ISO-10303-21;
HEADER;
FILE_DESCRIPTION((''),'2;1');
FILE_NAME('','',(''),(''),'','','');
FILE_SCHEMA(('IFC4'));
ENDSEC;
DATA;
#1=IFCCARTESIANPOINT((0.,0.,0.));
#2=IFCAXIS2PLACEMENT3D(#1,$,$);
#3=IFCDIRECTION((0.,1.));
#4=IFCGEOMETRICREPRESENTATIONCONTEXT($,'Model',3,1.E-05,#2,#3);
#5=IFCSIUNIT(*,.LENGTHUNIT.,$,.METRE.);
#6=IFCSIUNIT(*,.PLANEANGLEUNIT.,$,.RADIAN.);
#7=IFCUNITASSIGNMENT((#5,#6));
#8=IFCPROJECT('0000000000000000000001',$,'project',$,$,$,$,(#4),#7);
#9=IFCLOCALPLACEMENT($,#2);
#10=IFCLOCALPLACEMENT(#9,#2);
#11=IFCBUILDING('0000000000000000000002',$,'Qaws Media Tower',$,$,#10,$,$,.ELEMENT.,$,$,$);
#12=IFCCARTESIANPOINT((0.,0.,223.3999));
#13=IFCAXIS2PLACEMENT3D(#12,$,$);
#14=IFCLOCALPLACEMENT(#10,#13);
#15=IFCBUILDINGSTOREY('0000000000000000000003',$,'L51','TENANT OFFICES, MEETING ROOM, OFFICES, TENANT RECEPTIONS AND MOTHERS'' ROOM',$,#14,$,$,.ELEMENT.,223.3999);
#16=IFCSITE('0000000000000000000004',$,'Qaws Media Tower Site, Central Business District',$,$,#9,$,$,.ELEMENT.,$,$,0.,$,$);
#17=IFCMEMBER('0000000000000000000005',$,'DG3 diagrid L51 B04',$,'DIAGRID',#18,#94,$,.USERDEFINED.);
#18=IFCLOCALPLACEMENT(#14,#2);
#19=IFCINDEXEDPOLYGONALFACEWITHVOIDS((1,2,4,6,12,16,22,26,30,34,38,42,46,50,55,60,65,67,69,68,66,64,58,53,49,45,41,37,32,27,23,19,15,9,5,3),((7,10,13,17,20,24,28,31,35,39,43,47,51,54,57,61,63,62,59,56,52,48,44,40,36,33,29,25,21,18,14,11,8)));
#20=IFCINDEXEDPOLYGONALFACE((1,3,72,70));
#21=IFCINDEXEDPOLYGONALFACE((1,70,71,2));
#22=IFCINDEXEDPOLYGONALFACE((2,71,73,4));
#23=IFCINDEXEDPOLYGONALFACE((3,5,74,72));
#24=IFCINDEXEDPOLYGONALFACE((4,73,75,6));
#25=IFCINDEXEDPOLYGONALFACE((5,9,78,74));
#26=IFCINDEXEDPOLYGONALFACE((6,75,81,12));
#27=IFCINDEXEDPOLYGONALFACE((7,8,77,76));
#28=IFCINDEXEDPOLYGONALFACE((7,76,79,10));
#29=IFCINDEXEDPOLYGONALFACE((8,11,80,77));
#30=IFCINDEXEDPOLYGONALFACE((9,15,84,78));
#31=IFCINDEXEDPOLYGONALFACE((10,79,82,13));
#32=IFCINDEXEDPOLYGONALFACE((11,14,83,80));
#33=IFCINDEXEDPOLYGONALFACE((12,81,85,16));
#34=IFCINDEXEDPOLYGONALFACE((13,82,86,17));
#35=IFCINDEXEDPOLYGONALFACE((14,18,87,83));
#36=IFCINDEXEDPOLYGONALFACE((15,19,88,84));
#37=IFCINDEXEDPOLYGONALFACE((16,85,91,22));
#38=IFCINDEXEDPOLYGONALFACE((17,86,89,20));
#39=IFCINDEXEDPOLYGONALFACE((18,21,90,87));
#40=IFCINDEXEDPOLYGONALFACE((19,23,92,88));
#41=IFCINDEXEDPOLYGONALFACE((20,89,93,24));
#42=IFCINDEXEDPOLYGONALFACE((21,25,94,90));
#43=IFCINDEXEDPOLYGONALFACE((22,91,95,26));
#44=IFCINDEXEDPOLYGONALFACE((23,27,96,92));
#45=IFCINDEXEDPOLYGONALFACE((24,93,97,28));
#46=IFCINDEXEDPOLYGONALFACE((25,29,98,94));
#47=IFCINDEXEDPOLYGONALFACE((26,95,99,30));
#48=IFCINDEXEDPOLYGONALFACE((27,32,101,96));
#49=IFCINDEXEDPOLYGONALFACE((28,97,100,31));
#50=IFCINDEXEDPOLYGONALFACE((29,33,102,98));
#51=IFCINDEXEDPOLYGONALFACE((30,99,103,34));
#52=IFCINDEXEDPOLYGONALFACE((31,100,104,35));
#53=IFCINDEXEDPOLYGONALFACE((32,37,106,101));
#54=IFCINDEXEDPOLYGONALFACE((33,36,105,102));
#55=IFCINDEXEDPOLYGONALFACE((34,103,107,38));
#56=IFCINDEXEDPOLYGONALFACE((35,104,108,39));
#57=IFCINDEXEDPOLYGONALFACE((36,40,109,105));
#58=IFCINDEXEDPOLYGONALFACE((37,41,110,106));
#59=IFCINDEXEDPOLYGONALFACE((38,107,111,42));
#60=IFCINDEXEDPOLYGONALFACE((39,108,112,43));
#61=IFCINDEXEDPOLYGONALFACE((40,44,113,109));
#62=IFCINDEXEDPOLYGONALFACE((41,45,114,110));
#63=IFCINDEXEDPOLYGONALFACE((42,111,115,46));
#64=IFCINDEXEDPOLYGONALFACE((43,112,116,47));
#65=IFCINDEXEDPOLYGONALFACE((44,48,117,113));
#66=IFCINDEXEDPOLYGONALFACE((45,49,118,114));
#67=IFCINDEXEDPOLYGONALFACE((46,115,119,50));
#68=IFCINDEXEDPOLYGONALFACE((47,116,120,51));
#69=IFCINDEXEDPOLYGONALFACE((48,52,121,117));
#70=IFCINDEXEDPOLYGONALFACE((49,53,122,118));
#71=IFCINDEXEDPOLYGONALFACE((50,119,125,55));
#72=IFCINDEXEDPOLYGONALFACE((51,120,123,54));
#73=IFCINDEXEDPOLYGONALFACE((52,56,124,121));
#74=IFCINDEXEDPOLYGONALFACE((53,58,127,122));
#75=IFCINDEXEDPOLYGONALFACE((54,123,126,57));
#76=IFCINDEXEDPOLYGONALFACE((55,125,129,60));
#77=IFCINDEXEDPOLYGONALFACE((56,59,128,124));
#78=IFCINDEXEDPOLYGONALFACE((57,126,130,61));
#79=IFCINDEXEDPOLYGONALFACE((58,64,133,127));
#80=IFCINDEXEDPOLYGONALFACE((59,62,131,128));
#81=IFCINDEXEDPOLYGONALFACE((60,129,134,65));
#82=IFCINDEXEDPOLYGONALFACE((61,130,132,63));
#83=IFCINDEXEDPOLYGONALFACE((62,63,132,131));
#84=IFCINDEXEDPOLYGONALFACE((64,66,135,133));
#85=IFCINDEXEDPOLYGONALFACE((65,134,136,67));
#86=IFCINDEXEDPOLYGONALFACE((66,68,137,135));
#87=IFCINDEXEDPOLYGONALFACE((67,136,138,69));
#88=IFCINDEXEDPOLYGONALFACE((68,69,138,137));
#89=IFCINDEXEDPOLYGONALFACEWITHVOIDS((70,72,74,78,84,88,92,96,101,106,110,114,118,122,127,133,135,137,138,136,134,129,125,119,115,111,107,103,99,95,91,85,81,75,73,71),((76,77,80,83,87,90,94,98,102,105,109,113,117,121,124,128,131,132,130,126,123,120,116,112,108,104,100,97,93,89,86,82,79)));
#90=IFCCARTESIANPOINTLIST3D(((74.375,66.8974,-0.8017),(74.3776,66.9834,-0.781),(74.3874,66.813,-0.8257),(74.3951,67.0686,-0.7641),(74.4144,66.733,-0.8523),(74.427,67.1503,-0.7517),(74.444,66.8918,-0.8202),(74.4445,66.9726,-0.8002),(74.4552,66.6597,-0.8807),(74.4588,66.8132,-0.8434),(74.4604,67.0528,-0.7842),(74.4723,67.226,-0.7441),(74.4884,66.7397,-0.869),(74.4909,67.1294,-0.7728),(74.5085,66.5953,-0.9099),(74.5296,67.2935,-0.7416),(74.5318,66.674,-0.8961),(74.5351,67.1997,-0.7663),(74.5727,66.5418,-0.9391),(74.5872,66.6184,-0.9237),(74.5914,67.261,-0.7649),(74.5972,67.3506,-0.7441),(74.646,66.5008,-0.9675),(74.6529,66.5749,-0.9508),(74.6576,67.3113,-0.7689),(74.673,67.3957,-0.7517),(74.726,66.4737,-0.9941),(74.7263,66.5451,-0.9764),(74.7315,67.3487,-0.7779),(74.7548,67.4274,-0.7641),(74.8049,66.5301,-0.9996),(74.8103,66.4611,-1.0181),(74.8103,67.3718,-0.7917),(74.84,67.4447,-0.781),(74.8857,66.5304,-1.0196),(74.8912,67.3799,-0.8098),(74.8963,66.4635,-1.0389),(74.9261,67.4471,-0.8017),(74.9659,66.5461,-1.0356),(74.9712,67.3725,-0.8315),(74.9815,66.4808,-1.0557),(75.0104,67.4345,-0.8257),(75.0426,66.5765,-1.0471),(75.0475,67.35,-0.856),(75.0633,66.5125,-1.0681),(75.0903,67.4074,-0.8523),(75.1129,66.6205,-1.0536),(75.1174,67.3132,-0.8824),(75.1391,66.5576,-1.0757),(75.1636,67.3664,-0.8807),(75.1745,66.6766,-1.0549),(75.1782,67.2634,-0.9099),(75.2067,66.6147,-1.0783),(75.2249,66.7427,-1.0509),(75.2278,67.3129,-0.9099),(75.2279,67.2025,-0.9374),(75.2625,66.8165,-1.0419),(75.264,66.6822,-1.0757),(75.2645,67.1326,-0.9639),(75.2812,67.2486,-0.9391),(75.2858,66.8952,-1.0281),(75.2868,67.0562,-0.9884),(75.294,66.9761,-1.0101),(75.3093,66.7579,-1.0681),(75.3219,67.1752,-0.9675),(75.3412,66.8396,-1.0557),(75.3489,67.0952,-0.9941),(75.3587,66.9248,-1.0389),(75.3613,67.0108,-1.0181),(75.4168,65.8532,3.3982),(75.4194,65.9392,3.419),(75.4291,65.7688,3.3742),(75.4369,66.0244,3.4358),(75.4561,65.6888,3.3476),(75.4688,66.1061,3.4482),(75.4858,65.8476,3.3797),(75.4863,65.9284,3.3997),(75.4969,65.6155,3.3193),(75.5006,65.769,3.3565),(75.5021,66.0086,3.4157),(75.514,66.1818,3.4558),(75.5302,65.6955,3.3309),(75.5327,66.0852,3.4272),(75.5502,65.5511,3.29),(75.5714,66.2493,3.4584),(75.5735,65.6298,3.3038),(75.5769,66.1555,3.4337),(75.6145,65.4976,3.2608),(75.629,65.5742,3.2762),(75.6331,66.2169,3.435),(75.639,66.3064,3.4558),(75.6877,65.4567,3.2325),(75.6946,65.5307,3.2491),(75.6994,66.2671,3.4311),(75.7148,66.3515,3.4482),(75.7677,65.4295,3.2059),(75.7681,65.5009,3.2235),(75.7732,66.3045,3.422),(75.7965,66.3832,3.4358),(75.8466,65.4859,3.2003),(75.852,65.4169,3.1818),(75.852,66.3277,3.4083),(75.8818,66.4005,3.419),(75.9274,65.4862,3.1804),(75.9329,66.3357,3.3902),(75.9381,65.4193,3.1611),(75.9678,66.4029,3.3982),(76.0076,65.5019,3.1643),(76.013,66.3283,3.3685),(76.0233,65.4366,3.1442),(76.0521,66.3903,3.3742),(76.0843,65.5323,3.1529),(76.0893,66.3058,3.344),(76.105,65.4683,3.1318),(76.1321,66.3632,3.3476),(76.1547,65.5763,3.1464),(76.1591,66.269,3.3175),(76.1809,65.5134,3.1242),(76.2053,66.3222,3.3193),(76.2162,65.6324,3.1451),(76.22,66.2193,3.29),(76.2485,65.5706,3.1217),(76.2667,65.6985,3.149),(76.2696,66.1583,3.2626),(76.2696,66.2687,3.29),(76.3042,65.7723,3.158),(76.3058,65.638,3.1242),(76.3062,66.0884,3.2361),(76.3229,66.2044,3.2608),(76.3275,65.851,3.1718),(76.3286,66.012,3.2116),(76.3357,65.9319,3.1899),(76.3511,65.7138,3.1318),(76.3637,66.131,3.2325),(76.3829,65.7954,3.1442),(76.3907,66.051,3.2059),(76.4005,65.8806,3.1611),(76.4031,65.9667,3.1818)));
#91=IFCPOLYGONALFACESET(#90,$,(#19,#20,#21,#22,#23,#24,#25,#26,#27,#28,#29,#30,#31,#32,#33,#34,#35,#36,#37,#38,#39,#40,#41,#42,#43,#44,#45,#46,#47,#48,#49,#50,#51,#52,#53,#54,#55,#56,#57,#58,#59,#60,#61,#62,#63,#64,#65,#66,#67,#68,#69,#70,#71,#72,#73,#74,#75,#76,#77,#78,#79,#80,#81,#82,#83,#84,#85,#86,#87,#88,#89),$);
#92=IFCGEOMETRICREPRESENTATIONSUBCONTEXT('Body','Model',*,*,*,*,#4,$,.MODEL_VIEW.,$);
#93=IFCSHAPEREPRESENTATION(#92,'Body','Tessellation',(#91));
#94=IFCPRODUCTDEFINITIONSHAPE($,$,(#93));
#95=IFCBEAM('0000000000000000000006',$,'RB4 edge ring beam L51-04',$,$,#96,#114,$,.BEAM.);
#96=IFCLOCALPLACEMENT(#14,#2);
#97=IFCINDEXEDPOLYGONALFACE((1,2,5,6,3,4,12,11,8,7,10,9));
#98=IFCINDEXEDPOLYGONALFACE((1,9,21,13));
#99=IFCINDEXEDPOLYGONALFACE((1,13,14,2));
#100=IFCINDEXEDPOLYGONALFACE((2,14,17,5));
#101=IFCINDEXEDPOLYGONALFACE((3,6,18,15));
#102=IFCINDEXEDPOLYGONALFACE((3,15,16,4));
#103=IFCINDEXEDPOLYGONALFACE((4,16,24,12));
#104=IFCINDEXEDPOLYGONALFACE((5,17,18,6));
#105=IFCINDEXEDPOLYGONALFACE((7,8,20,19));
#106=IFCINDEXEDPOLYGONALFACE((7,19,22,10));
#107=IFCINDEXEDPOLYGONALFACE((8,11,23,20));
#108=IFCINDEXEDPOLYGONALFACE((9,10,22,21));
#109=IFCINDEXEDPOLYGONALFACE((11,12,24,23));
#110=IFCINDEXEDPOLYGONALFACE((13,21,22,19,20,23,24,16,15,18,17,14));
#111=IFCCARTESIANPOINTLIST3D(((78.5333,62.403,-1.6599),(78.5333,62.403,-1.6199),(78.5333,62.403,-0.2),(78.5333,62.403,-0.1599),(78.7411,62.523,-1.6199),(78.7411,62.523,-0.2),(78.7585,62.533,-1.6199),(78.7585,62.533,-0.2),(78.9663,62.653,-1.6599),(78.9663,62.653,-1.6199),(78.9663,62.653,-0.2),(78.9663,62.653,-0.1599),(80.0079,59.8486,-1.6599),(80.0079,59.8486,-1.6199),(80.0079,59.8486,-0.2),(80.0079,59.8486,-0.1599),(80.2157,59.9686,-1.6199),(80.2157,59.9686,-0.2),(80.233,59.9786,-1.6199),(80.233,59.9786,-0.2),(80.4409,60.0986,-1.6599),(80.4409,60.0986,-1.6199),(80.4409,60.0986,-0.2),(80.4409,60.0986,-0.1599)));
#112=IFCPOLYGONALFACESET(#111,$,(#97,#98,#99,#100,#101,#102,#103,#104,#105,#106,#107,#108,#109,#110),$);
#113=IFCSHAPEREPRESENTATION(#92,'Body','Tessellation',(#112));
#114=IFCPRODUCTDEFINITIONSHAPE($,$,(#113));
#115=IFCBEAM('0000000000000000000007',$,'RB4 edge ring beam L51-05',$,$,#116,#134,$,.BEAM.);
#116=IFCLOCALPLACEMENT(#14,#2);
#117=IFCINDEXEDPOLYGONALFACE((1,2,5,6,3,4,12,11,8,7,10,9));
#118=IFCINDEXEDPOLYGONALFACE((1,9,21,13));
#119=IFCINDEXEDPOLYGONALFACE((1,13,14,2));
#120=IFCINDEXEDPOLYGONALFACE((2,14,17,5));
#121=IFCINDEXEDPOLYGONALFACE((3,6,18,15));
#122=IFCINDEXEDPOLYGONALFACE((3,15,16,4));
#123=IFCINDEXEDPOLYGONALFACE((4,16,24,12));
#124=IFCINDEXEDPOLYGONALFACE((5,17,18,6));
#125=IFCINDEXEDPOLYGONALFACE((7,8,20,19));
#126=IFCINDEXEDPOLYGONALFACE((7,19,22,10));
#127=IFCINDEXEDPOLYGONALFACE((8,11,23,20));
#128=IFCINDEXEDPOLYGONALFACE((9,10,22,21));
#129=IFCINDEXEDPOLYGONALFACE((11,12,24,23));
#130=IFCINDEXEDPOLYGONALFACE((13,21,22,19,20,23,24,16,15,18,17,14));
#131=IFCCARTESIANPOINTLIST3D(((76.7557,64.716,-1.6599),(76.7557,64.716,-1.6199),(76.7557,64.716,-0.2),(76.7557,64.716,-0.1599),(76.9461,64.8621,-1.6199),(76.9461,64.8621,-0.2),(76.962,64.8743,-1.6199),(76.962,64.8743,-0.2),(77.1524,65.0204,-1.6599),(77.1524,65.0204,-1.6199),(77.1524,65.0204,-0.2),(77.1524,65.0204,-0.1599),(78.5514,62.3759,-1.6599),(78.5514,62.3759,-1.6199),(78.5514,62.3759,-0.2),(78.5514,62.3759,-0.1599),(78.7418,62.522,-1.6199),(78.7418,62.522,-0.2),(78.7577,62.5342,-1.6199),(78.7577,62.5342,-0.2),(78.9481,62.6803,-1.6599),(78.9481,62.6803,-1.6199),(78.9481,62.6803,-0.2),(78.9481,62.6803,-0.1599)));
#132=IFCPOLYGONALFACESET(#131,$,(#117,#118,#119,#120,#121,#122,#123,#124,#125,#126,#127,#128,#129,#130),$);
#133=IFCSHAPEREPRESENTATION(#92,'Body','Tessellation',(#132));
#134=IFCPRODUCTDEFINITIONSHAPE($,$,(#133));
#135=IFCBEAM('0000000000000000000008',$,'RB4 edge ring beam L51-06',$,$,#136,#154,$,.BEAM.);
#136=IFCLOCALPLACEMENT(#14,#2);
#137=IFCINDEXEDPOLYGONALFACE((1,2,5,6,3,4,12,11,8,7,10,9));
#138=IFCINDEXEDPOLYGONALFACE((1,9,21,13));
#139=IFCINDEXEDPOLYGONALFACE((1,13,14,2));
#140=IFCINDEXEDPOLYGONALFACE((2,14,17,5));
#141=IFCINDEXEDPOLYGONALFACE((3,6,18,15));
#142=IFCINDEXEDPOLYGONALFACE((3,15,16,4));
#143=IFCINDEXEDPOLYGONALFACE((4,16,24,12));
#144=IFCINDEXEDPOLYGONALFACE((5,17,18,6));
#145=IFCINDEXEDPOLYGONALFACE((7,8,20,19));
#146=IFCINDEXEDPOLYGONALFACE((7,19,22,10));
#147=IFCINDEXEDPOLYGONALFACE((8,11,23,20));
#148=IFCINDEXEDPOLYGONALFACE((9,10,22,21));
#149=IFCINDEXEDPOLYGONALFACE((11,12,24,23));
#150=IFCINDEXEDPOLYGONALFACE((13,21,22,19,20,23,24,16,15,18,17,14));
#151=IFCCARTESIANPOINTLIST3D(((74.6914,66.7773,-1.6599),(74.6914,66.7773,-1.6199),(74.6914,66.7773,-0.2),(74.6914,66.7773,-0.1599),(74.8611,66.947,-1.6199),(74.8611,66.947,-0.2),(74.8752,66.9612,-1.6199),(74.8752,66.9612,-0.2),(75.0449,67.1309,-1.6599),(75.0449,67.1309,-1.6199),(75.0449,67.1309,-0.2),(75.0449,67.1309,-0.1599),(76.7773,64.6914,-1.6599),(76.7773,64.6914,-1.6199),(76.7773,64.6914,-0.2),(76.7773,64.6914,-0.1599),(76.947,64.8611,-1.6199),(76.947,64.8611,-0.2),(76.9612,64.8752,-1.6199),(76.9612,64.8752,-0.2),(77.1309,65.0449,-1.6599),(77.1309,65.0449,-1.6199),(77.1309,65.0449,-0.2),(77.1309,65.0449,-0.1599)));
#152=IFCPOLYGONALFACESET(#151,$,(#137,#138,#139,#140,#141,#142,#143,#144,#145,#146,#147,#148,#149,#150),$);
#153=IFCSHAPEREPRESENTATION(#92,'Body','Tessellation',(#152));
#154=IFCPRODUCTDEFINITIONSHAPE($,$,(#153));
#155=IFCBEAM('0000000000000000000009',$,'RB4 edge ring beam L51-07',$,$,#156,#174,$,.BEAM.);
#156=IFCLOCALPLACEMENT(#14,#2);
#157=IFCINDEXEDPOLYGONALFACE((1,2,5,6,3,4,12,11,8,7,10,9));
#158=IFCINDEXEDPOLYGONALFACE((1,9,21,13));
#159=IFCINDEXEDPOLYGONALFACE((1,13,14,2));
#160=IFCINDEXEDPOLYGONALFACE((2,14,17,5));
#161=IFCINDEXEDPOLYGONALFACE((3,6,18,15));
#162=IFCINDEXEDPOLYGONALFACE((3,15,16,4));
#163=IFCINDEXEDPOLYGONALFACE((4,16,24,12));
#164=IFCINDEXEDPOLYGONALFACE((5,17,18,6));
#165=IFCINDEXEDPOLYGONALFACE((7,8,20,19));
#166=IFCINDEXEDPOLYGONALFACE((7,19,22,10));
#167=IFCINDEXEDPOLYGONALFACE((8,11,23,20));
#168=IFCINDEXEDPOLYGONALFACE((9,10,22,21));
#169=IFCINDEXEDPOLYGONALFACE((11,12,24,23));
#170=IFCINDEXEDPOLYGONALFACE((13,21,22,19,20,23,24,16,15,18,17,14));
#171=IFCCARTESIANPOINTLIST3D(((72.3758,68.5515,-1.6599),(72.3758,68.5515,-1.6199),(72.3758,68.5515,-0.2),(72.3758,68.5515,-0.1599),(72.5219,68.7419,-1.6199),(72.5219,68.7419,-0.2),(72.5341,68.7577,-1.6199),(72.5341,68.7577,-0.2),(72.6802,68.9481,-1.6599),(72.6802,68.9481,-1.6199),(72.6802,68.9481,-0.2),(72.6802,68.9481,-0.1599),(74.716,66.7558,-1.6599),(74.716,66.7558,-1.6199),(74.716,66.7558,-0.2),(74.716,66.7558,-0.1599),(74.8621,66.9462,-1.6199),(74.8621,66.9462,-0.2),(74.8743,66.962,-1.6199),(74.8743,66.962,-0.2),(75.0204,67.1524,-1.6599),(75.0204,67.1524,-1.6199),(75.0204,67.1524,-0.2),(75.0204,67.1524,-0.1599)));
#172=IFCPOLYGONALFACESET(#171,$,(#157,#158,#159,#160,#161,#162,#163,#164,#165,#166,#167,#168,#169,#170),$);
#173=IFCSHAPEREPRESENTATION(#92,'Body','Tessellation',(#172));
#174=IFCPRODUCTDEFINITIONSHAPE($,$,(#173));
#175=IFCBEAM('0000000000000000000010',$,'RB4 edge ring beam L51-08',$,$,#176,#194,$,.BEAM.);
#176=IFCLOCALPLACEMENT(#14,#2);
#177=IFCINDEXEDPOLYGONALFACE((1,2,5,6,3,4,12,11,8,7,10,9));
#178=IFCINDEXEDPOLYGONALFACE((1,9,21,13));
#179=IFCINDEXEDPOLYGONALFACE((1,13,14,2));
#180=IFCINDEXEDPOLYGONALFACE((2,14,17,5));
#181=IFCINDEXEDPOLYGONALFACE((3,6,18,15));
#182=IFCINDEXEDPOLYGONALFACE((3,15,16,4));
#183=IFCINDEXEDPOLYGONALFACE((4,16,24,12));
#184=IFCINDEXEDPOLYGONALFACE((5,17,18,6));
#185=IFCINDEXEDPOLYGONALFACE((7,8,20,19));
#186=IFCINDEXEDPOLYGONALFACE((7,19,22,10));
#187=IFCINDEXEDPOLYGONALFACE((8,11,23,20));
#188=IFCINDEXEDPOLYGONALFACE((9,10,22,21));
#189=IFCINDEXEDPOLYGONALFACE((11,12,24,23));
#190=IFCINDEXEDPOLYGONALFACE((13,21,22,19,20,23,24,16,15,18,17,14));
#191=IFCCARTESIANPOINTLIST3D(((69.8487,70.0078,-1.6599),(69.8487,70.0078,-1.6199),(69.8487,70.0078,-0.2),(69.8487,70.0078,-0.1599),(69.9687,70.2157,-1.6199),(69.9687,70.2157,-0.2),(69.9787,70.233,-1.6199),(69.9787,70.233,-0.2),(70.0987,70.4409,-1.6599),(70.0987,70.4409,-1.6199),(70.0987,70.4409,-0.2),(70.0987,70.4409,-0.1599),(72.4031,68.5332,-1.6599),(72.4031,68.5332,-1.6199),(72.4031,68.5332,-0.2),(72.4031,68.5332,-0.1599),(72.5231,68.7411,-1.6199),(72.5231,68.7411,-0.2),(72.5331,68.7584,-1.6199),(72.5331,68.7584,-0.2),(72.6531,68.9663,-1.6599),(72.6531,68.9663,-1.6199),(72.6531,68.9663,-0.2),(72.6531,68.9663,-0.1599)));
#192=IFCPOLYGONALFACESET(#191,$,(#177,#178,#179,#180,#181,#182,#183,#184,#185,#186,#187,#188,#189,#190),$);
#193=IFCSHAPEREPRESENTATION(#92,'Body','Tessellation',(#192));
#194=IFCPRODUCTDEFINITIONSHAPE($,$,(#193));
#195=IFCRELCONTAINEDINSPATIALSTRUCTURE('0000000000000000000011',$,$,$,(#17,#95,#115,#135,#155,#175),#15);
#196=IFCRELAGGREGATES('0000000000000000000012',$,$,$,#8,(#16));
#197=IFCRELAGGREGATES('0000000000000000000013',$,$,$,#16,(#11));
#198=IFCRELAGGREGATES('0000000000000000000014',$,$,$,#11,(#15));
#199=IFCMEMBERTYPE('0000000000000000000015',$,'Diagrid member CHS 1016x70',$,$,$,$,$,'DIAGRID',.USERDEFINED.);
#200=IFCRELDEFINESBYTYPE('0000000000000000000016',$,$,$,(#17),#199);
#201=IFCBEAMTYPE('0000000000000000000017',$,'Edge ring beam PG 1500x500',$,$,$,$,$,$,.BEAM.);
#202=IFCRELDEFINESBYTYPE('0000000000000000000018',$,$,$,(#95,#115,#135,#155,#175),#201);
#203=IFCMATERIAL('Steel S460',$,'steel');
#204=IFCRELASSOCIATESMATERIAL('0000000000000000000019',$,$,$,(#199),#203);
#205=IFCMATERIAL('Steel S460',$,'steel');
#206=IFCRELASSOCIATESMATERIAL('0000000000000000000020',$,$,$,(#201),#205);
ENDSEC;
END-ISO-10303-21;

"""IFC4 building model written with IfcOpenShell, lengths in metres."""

from ifc_helpers import new_model, si_unit, direction, frame, origin, origin_2d, place, context, subcontext, project, spatial, hollow_circle, i_section, extrude, material, material_profile, profile_set, type_object, element, save


model = new_model("IFC4")

# Units and contexts
model_context = context("Model", 3, precision=1e-05, world=origin(), true_north=direction((0.0, 1.0)))
body_context = subcontext(model_context, "Body", "Model", "MODEL_VIEW")
ifc_project = project(units=[si_unit("LENGTHUNIT", "METRE"), si_unit("PLANEANGLEUNIT", "RADIAN")], contexts=[model_context])

# Site, building, storey
site_placement = place(None, origin())
site = spatial("IfcSite", under=ifc_project, at=site_placement, Name="Qaws Media Tower Site, Central Business District", CompositionType="ELEMENT", RefElevation=0.0)
building_placement = place(site_placement, origin())
building = spatial("IfcBuilding", under=site, at=building_placement, Name="Qaws Media Tower", CompositionType="ELEMENT")
storey_placement = place(building_placement, frame((0.0, 0.0, 223.3999)))
storey = spatial("IfcBuildingStorey", under=building, at=storey_placement, Name="L51", Description="TENANT OFFICES, MEETING ROOM, OFFICES, TENANT RECEPTIONS AND MOTHERS' ROOM", CompositionType="ELEMENT", Elevation=223.3999)

# Member
ifc_material_1 = material(Name="Steel S460", Category="steel")
ifc_material_profile_1 = material_profile(ifc_material_1, hollow_circle(Radius=0.5081, WallThickness=0.0701, at=origin_2d()), Name="CHS 1016x70")
ifc_profile_set_1 = profile_set([ifc_material_profile_1], Name="Steel S460")
member_type_1 = type_object("IfcMemberType", Name="Diagrid member CHS 1016x70", ElementType="DIAGRID", PredefinedType="USERDEFINED", material=ifc_profile_set_1)
for number, where, z_axis, x_axis, name in (
    (1, (74.8682, 66.9541, -0.9099), (0.234026, -0.234574, 0.943508), (0.707934, 0.706279, 0.0), "DG3 diagrid L51 B04"),
):
    element("IfcMember", number, at=place(storey_placement, frame(where, z_axis=z_axis, x_axis=x_axis)), inside=storey, type_object=member_type_1, Name=name, ObjectType="DIAGRID", PredefinedType="USERDEFINED", context=body_context, shape_type="SweptSolid", body=[
        extrude(hollow_circle(Radius=0.5081, WallThickness=0.0701, at=origin_2d()), origin(), (0.0, 0.0, 1.0), 4.4514),
    ])

# Beams
ifc_material_2 = material(Name="Steel S460", Category="steel")
ifc_material_profile_2 = material_profile(ifc_material_2, i_section(OverallWidth=0.5, OverallDepth=1.5, WebThickness=0.02, FlangeThickness=0.04, at=origin_2d()), Name="PG 1500x500")
ifc_profile_set_2 = profile_set([ifc_material_profile_2], Name="Steel S460")
beam_type = type_object("IfcBeamType", Name="Edge ring beam PG 1500x500", PredefinedType="BEAM", material=ifc_profile_set_2)
beam_1_placement = place(storey_placement, frame((80.2244, 59.9736, -0.9099), z_axis=(-0.499949, 0.866055, 0.0), x_axis=(-0.866055, -0.499949, 0.0)))
element("IfcBeam", 2, at=beam_1_placement, inside=storey, type_object=beam_type, Name="RB4 edge ring beam L51-04", PredefinedType="BEAM", context=body_context, shape_type="SweptSolid", body=[
    extrude(i_section(OverallWidth=0.5, OverallDepth=1.5, WebThickness=0.02, FlangeThickness=0.04, at=origin_2d()), origin(), (0.0, 0.0, 1.0), 2.9495),
])
beam_2_placement = place(storey_placement, frame((78.7498, 62.5281, -0.9099), z_axis=(-0.60877, 0.793347, 0.0), x_axis=(-0.793347, -0.60877, 0.0)))
element("IfcBeam", 3, at=beam_2_placement, inside=storey, type_object=beam_type, Name="RB4 edge ring beam L51-05", PredefinedType="BEAM", context=body_context, shape_type="SweptSolid", body=[
    extrude(i_section(OverallWidth=0.5, OverallDepth=1.5, WebThickness=0.02, FlangeThickness=0.04, at=origin_2d()), origin(), (0.0, 0.0, 1.0), 2.9497),
])
beam_3_placement = place(storey_placement, frame((76.9541, 64.8682, -0.9099), z_axis=(-0.707107, 0.707107, 0.0), x_axis=(-0.707107, -0.707107, 0.0)))
element("IfcBeam", 4, at=beam_3_placement, inside=storey, type_object=beam_type, Name="RB4 edge ring beam L51-06", PredefinedType="BEAM", context=body_context, shape_type="SweptSolid", body=[
    extrude(i_section(OverallWidth=0.5, OverallDepth=1.5, WebThickness=0.02, FlangeThickness=0.04, at=origin_2d()), origin(), (0.0, 0.0, 1.0), 2.95),
])
beam_4_placement = place(storey_placement, frame((74.8682, 66.9541, -0.9099), z_axis=(-0.793347, 0.60877, 0.0), x_axis=(-0.60877, -0.793347, 0.0)))
element("IfcBeam", 5, at=beam_4_placement, inside=storey, type_object=beam_type, Name="RB4 edge ring beam L51-07", PredefinedType="BEAM", context=body_context, shape_type="SweptSolid", body=[
    extrude(i_section(OverallWidth=0.5, OverallDepth=1.5, WebThickness=0.02, FlangeThickness=0.04, at=origin_2d()), origin(), (0.0, 0.0, 1.0), 2.9497),
])
beam_5_placement = place(storey_placement, frame((72.5281, 68.7498, -0.9099), z_axis=(-0.866055, 0.499949, 0.0), x_axis=(-0.499949, -0.866055, 0.0)))
element("IfcBeam", 6, at=beam_5_placement, inside=storey, type_object=beam_type, Name="RB4 edge ring beam L51-08", PredefinedType="BEAM", context=body_context, shape_type="SweptSolid", body=[
    extrude(i_section(OverallWidth=0.5, OverallDepth=1.5, WebThickness=0.02, FlangeThickness=0.04, at=origin_2d()), origin(), (0.0, 0.0, 1.0), 2.9495),
])

save(model, "model.ifc")
